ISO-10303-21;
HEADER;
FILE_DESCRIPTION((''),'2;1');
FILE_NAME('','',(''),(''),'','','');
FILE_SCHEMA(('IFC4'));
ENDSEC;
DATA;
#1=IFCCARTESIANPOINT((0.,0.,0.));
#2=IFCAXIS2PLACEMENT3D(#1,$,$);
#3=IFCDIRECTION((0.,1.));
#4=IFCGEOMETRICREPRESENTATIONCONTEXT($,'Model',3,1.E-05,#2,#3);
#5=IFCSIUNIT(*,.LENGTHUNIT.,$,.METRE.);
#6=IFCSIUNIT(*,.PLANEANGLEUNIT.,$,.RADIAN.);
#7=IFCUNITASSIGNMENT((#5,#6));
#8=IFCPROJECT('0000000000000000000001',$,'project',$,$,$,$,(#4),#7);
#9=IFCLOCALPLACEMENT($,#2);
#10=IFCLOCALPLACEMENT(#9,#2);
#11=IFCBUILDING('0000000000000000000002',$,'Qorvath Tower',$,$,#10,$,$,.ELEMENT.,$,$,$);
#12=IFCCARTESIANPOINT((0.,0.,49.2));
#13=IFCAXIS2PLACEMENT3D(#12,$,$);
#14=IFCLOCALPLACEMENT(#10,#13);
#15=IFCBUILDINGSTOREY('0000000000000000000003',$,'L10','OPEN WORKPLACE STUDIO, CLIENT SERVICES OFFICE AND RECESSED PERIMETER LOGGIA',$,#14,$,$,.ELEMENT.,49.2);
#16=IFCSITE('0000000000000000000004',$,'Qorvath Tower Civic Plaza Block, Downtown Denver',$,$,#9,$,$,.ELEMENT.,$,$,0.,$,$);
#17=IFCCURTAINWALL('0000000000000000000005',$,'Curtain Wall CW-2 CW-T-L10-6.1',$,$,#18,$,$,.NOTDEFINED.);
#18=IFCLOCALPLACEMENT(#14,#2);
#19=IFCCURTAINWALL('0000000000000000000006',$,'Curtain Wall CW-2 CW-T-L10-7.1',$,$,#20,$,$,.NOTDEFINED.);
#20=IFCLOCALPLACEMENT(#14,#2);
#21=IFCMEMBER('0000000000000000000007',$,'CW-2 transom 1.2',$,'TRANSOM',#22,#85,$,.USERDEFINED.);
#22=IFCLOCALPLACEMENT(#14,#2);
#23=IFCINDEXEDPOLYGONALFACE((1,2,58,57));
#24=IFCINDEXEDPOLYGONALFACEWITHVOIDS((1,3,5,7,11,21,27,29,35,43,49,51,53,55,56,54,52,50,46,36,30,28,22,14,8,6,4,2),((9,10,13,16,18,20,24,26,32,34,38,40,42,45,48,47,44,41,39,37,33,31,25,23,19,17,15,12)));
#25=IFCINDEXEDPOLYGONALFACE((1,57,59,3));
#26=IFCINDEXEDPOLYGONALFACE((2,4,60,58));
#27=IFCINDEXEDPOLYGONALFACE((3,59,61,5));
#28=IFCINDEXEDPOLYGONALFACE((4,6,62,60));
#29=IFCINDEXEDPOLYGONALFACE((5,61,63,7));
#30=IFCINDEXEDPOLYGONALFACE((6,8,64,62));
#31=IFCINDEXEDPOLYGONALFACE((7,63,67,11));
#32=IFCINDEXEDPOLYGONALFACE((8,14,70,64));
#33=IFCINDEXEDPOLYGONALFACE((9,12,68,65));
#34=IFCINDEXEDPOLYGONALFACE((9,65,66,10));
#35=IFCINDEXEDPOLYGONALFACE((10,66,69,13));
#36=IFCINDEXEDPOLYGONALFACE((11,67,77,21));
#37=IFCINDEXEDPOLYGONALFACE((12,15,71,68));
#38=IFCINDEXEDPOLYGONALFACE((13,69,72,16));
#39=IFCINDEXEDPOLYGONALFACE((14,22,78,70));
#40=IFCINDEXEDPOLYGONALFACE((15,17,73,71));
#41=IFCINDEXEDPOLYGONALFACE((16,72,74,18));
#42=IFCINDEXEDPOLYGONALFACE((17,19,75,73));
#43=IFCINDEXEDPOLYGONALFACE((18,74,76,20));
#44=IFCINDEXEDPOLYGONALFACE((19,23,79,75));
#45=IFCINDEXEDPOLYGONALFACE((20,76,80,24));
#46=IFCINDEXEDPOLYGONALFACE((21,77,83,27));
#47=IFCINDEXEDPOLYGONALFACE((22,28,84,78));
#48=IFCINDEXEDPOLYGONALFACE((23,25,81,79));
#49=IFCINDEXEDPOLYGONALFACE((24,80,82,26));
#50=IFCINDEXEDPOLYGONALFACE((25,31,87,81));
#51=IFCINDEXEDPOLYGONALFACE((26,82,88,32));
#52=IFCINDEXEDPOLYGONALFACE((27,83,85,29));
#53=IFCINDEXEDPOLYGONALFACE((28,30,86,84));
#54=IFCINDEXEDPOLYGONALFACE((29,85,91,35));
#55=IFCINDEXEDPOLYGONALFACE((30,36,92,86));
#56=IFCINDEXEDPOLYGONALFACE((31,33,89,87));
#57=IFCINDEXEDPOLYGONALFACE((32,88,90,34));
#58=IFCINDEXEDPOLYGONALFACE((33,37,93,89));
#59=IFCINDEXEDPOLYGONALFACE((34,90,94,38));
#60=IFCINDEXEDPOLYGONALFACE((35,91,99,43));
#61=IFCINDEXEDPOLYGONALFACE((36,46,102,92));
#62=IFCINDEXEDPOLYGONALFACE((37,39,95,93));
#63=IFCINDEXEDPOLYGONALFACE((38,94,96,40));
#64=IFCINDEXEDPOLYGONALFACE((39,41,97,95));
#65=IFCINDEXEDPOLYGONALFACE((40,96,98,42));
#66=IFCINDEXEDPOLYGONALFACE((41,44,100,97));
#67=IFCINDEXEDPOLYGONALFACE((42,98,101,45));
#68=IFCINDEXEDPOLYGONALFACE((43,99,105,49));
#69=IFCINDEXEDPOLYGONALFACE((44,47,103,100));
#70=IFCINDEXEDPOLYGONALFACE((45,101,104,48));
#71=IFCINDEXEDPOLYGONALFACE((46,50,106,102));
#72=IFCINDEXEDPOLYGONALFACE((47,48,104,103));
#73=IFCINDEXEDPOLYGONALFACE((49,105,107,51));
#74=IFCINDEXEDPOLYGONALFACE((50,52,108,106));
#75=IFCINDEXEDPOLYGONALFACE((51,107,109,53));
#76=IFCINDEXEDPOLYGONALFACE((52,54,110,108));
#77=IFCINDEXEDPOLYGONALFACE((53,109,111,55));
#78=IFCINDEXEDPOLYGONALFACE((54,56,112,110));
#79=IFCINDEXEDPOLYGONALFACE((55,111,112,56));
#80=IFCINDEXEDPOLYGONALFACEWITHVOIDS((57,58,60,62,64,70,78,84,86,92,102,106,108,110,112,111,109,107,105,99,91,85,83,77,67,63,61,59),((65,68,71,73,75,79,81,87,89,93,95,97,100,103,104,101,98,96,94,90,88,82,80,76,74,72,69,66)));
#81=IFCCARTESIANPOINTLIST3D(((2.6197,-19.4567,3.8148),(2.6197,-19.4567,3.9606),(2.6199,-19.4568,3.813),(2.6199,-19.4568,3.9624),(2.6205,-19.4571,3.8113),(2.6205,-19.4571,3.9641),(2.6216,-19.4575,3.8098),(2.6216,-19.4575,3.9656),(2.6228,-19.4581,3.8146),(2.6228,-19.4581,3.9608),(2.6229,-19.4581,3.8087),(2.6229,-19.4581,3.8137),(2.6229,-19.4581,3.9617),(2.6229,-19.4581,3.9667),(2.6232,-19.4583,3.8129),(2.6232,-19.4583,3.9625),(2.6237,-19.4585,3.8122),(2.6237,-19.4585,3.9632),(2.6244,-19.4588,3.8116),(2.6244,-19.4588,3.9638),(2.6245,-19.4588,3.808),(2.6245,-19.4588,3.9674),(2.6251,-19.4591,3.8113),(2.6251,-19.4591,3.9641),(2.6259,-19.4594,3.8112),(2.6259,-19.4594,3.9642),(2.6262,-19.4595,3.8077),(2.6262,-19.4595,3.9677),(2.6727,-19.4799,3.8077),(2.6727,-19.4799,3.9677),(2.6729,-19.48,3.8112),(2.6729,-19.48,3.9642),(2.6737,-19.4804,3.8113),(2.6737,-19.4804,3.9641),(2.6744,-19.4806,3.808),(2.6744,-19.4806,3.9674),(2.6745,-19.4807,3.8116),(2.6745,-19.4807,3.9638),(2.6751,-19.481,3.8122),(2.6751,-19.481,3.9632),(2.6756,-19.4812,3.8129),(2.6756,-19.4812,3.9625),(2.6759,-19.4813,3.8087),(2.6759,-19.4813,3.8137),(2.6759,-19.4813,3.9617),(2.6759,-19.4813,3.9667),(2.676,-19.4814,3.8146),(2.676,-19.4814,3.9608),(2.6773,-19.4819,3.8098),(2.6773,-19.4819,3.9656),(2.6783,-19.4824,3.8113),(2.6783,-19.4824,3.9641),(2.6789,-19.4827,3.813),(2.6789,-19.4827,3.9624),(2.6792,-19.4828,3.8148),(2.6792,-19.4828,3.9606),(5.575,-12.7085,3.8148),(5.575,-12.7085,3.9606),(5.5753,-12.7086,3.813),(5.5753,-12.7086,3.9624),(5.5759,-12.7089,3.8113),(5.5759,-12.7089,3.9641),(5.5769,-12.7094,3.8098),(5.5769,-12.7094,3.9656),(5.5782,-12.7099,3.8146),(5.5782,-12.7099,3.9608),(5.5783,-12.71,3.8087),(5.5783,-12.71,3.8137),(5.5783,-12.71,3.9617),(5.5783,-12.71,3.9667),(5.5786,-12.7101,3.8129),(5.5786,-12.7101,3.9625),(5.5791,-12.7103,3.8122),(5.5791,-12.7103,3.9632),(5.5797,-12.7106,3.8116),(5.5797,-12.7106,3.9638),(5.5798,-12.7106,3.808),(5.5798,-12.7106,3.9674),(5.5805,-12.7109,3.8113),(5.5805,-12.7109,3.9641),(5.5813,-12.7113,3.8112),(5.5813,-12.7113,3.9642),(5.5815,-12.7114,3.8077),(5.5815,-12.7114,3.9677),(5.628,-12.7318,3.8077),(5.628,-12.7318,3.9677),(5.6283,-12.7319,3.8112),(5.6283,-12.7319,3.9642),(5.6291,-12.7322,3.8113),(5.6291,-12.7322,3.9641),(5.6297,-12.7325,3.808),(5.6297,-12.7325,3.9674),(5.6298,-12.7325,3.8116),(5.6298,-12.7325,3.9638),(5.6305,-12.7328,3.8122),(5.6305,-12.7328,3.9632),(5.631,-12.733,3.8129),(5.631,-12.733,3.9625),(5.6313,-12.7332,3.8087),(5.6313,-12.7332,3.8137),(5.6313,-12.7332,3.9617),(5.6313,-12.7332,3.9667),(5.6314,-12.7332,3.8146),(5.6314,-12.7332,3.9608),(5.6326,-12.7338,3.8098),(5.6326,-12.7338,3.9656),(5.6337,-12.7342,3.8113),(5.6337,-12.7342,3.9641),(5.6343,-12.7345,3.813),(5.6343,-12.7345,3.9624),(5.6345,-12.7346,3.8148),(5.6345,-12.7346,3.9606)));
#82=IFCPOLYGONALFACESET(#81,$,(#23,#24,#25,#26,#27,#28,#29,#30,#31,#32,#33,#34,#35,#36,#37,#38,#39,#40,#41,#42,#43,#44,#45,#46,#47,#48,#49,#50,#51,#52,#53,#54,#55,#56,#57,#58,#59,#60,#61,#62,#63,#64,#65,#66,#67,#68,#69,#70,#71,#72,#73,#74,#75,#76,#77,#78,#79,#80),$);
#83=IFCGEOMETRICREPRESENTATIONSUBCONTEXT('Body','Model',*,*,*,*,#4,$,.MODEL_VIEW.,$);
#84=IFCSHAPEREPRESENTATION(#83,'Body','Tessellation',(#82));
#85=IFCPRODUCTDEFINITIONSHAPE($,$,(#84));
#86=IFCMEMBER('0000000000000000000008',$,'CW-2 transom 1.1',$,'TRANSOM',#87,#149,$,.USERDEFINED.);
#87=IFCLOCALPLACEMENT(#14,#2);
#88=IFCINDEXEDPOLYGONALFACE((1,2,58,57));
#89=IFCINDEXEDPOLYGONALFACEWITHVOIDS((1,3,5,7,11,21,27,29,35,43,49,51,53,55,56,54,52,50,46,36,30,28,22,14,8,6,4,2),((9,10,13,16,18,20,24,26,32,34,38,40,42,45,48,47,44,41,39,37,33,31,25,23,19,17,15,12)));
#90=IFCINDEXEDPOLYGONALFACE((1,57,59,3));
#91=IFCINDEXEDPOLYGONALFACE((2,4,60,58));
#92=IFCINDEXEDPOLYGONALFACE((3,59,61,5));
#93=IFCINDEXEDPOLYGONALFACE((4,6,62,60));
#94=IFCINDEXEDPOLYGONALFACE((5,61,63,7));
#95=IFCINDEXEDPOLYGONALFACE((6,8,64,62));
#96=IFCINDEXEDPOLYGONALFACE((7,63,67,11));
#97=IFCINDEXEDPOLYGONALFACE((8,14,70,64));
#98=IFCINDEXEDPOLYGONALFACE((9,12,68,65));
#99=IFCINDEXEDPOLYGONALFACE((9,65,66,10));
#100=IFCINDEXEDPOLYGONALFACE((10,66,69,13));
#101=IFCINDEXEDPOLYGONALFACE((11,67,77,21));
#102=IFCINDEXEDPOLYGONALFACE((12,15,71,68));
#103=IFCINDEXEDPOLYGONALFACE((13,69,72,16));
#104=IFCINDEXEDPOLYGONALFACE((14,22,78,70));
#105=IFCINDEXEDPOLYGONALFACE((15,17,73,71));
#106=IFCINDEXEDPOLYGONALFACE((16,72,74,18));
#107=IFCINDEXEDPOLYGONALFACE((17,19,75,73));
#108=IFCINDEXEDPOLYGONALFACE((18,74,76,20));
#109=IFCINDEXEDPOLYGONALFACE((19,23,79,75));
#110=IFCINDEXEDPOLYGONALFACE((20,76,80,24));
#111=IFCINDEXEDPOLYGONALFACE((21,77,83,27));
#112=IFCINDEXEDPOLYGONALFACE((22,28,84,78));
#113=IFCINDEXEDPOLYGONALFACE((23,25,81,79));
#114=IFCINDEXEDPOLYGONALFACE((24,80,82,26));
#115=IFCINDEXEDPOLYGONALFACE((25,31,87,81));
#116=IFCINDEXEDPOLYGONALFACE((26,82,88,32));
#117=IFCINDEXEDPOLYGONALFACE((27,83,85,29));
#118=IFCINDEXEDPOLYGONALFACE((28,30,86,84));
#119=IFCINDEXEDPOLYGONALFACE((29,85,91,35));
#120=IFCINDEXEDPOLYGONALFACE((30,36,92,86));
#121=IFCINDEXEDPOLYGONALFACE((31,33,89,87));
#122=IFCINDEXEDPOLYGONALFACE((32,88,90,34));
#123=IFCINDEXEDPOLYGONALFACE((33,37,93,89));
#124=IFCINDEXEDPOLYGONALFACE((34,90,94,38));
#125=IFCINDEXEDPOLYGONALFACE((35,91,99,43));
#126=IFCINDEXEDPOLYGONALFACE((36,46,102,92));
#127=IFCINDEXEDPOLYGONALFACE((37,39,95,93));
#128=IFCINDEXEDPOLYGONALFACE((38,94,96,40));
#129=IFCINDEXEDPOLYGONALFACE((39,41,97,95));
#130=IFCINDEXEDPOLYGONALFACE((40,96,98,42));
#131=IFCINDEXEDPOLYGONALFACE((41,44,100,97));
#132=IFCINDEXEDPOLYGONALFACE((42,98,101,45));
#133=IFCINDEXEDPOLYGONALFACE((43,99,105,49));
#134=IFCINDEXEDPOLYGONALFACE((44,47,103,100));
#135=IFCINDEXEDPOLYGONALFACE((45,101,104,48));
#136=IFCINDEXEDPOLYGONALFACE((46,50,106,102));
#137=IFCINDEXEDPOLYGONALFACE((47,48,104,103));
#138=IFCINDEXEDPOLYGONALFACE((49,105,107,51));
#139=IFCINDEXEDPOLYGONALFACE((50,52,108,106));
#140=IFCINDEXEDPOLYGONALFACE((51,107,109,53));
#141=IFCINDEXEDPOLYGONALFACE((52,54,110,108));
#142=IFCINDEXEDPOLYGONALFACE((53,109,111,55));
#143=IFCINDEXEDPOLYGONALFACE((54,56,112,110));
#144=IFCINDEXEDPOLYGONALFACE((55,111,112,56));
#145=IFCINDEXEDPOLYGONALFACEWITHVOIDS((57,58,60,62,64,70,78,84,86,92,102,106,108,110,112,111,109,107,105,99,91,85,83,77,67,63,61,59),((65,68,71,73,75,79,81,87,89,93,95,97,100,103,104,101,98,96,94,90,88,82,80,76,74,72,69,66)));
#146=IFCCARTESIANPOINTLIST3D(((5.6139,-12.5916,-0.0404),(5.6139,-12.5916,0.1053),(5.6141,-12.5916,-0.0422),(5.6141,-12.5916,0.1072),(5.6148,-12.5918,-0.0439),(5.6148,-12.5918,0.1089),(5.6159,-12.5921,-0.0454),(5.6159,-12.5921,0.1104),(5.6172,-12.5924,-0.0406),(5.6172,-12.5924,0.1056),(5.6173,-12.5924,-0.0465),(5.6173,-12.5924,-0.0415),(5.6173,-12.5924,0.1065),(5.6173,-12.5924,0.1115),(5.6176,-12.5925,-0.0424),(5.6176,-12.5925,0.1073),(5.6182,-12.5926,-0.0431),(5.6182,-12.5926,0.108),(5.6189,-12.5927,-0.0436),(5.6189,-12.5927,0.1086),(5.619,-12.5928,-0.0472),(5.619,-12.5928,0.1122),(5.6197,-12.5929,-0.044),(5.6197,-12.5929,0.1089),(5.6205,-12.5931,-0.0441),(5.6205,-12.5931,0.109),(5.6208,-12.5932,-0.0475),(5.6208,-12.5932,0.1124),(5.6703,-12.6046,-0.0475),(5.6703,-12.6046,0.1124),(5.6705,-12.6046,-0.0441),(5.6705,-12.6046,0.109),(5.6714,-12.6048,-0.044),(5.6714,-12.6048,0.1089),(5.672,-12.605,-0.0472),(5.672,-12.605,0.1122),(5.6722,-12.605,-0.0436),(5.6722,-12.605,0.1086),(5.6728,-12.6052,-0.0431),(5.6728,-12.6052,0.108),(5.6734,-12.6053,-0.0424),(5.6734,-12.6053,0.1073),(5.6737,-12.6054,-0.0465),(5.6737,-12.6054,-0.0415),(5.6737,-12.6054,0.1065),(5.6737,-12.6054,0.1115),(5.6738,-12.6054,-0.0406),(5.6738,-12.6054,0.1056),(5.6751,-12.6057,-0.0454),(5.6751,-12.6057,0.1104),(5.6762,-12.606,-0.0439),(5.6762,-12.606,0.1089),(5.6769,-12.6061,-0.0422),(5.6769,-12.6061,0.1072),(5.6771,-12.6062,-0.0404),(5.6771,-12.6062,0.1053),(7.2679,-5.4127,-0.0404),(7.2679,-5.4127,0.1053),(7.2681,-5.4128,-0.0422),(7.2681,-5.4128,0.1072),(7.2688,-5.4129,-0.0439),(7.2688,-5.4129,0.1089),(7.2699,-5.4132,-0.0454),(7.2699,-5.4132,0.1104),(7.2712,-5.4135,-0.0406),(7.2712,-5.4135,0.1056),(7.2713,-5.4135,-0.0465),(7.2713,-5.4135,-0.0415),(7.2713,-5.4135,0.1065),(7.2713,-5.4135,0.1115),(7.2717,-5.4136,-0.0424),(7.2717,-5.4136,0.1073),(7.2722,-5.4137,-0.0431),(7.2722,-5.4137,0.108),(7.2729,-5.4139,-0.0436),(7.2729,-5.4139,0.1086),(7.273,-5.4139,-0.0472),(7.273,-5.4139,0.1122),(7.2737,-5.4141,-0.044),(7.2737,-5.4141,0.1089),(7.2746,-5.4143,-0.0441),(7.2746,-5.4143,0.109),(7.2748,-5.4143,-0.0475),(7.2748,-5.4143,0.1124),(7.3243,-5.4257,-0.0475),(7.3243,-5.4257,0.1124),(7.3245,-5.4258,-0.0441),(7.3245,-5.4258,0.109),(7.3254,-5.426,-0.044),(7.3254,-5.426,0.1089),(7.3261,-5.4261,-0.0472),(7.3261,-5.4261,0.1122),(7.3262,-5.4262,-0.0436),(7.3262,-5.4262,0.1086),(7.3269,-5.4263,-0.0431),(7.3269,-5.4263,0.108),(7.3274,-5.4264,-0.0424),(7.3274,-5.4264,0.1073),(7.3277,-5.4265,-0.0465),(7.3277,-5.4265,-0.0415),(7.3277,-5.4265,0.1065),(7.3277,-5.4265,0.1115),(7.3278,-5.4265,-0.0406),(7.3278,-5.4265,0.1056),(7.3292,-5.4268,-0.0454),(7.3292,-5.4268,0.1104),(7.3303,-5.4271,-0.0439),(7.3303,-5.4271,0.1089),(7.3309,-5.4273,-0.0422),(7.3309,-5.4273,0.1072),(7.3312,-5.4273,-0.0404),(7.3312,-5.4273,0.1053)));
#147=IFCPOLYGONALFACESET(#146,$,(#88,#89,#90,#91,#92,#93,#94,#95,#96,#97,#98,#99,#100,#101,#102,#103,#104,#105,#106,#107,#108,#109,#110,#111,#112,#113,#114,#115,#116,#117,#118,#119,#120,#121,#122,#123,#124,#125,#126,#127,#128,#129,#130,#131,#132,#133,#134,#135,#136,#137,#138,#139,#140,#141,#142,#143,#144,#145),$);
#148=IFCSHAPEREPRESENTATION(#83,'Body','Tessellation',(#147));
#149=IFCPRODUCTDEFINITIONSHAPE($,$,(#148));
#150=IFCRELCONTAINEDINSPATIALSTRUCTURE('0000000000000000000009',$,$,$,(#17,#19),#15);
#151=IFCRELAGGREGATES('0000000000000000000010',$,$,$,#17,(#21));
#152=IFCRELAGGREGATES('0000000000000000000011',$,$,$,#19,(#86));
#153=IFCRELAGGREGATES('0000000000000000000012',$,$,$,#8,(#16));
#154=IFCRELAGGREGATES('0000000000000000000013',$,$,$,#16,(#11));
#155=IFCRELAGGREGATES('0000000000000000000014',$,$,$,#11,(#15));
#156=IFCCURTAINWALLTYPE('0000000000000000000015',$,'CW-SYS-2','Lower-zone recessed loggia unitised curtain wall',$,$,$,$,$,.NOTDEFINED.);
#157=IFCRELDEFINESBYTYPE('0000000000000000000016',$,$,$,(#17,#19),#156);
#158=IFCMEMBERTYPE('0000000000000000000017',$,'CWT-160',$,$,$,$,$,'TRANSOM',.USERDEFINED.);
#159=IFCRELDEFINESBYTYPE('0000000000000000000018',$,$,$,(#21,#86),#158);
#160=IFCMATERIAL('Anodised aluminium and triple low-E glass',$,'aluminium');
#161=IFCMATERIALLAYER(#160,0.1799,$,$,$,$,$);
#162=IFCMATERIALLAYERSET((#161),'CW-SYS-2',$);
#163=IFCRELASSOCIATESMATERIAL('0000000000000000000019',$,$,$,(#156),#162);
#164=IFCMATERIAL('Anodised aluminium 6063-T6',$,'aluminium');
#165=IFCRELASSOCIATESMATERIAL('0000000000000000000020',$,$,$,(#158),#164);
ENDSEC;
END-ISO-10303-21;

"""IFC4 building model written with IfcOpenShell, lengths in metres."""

from ifc_helpers import new_model, si_unit, direction, frame, origin, origin_2d, place, context, subcontext, project, spatial, hollow_rectangle, extrude, material, layer, layer_set, material_profile, profile_set, type_object, element, aggregate, save


model = new_model("IFC4")

# Units and contexts
model_context = context("Model", 3, precision=1e-05, world=origin(), true_north=direction((0.0, 1.0)))
body_context = subcontext(model_context, "Body", "Model", "MODEL_VIEW")
ifc_project = project(units=[si_unit("LENGTHUNIT", "METRE"), si_unit("PLANEANGLEUNIT", "RADIAN")], contexts=[model_context])

# Site, building, storey
site_placement = place(None, origin())
site = spatial("IfcSite", under=ifc_project, at=site_placement, Name="Qorvath Tower Civic Plaza Block, Downtown Denver", CompositionType="ELEMENT", RefElevation=0.0)
building_placement = place(site_placement, origin())
building = spatial("IfcBuilding", under=site, at=building_placement, Name="Qorvath Tower", CompositionType="ELEMENT")
storey_placement = place(building_placement, frame((0.0, 0.0, 49.2)))
storey = spatial("IfcBuildingStorey", under=building, at=storey_placement, Name="L10", Description="OPEN WORKPLACE STUDIO, CLIENT SERVICES OFFICE AND RECESSED PERIMETER LOGGIA", CompositionType="ELEMENT", Elevation=49.2)

# Curtain wall
ifc_material_1 = material(Name="Anodised aluminium and triple low-E glass", Category="aluminium")
ifc_layer_1 = layer(ifc_material_1, 0.1799)
ifc_layer_set_1 = layer_set([ifc_layer_1], Name="CW-SYS-2")
curtain_wall_type = type_object("IfcCurtainWallType", Name="CW-SYS-2", Description="Lower-zone recessed loggia unitised curtain wall", PredefinedType="NOTDEFINED", material=ifc_layer_set_1)
curtain_wall_1_placement = place(storey_placement, origin())
curtain_wall_1 = element("IfcCurtainWall", 1, at=curtain_wall_1_placement, inside=storey, type_object=curtain_wall_type, Name="Curtain Wall CW-2 CW-T-L10-6.1", PredefinedType="NOTDEFINED")

# Curtain wall
curtain_wall_2_placement = place(storey_placement, origin())
curtain_wall_2 = element("IfcCurtainWall", 2, at=curtain_wall_2_placement, inside=storey, type_object=curtain_wall_type, Name="Curtain Wall CW-2 CW-T-L10-7.1", PredefinedType="NOTDEFINED")

# Members
ifc_material_2 = material(Name="Anodised aluminium 6063-T6", Category="aluminium")
ifc_material_profile_1 = material_profile(ifc_material_2, hollow_rectangle(XDim=0.0649, YDim=0.1599, WallThickness=0.0034, InnerFilletRadius=0.0034, OuterFilletRadius=0.0071, at=origin_2d()), Name="CWT 160x65")
ifc_profile_set_1 = profile_set([ifc_material_profile_1], Name="Anodised aluminium 6063-T6")
member_type_1 = type_object("IfcMemberType", Name="CWT-160", ElementType="TRANSOM", PredefinedType="USERDEFINED", material=ifc_profile_set_1)
member_1_placement = place(storey_placement, frame((2.6494, -19.4697, 3.8877), z_axis=(0.401167, 0.916005, 0.0), x_axis=(-0.916005, 0.401167, 0.0)))
member_1 = element("IfcMember", 3, at=member_1_placement, type_object=member_type_1, Name="CW-2 transom 1.2", ObjectType="TRANSOM", PredefinedType="USERDEFINED", context=body_context, shape_type="SweptSolid", body=[
    extrude(hollow_rectangle(XDim=0.0649, YDim=0.1599, WallThickness=0.0034, InnerFilletRadius=0.0034, OuterFilletRadius=0.0071, at=origin_2d()), origin(), (0.0, 0.0, 1.0), 7.3669),
])
member_2_placement = place(storey_placement, frame((5.6455, -12.5989, 0.0325), z_axis=(0.224521, 0.974469, 0.0), x_axis=(-0.974469, 0.224521, 0.0)))
member_2 = element("IfcMember", 4, at=member_2_placement, type_object=member_type_1, Name="CW-2 transom 1.1", ObjectType="TRANSOM", PredefinedType="USERDEFINED", context=body_context, shape_type="SweptSolid", body=[
    extrude(hollow_rectangle(XDim=0.0649, YDim=0.1599, WallThickness=0.0034, InnerFilletRadius=0.0034, OuterFilletRadius=0.0071, at=origin_2d()), origin(), (0.0, 0.0, 1.0), 7.3669),
])

aggregate(curtain_wall_1, [member_1])
aggregate(curtain_wall_2, [member_2])

save(model, "model.ifc")
